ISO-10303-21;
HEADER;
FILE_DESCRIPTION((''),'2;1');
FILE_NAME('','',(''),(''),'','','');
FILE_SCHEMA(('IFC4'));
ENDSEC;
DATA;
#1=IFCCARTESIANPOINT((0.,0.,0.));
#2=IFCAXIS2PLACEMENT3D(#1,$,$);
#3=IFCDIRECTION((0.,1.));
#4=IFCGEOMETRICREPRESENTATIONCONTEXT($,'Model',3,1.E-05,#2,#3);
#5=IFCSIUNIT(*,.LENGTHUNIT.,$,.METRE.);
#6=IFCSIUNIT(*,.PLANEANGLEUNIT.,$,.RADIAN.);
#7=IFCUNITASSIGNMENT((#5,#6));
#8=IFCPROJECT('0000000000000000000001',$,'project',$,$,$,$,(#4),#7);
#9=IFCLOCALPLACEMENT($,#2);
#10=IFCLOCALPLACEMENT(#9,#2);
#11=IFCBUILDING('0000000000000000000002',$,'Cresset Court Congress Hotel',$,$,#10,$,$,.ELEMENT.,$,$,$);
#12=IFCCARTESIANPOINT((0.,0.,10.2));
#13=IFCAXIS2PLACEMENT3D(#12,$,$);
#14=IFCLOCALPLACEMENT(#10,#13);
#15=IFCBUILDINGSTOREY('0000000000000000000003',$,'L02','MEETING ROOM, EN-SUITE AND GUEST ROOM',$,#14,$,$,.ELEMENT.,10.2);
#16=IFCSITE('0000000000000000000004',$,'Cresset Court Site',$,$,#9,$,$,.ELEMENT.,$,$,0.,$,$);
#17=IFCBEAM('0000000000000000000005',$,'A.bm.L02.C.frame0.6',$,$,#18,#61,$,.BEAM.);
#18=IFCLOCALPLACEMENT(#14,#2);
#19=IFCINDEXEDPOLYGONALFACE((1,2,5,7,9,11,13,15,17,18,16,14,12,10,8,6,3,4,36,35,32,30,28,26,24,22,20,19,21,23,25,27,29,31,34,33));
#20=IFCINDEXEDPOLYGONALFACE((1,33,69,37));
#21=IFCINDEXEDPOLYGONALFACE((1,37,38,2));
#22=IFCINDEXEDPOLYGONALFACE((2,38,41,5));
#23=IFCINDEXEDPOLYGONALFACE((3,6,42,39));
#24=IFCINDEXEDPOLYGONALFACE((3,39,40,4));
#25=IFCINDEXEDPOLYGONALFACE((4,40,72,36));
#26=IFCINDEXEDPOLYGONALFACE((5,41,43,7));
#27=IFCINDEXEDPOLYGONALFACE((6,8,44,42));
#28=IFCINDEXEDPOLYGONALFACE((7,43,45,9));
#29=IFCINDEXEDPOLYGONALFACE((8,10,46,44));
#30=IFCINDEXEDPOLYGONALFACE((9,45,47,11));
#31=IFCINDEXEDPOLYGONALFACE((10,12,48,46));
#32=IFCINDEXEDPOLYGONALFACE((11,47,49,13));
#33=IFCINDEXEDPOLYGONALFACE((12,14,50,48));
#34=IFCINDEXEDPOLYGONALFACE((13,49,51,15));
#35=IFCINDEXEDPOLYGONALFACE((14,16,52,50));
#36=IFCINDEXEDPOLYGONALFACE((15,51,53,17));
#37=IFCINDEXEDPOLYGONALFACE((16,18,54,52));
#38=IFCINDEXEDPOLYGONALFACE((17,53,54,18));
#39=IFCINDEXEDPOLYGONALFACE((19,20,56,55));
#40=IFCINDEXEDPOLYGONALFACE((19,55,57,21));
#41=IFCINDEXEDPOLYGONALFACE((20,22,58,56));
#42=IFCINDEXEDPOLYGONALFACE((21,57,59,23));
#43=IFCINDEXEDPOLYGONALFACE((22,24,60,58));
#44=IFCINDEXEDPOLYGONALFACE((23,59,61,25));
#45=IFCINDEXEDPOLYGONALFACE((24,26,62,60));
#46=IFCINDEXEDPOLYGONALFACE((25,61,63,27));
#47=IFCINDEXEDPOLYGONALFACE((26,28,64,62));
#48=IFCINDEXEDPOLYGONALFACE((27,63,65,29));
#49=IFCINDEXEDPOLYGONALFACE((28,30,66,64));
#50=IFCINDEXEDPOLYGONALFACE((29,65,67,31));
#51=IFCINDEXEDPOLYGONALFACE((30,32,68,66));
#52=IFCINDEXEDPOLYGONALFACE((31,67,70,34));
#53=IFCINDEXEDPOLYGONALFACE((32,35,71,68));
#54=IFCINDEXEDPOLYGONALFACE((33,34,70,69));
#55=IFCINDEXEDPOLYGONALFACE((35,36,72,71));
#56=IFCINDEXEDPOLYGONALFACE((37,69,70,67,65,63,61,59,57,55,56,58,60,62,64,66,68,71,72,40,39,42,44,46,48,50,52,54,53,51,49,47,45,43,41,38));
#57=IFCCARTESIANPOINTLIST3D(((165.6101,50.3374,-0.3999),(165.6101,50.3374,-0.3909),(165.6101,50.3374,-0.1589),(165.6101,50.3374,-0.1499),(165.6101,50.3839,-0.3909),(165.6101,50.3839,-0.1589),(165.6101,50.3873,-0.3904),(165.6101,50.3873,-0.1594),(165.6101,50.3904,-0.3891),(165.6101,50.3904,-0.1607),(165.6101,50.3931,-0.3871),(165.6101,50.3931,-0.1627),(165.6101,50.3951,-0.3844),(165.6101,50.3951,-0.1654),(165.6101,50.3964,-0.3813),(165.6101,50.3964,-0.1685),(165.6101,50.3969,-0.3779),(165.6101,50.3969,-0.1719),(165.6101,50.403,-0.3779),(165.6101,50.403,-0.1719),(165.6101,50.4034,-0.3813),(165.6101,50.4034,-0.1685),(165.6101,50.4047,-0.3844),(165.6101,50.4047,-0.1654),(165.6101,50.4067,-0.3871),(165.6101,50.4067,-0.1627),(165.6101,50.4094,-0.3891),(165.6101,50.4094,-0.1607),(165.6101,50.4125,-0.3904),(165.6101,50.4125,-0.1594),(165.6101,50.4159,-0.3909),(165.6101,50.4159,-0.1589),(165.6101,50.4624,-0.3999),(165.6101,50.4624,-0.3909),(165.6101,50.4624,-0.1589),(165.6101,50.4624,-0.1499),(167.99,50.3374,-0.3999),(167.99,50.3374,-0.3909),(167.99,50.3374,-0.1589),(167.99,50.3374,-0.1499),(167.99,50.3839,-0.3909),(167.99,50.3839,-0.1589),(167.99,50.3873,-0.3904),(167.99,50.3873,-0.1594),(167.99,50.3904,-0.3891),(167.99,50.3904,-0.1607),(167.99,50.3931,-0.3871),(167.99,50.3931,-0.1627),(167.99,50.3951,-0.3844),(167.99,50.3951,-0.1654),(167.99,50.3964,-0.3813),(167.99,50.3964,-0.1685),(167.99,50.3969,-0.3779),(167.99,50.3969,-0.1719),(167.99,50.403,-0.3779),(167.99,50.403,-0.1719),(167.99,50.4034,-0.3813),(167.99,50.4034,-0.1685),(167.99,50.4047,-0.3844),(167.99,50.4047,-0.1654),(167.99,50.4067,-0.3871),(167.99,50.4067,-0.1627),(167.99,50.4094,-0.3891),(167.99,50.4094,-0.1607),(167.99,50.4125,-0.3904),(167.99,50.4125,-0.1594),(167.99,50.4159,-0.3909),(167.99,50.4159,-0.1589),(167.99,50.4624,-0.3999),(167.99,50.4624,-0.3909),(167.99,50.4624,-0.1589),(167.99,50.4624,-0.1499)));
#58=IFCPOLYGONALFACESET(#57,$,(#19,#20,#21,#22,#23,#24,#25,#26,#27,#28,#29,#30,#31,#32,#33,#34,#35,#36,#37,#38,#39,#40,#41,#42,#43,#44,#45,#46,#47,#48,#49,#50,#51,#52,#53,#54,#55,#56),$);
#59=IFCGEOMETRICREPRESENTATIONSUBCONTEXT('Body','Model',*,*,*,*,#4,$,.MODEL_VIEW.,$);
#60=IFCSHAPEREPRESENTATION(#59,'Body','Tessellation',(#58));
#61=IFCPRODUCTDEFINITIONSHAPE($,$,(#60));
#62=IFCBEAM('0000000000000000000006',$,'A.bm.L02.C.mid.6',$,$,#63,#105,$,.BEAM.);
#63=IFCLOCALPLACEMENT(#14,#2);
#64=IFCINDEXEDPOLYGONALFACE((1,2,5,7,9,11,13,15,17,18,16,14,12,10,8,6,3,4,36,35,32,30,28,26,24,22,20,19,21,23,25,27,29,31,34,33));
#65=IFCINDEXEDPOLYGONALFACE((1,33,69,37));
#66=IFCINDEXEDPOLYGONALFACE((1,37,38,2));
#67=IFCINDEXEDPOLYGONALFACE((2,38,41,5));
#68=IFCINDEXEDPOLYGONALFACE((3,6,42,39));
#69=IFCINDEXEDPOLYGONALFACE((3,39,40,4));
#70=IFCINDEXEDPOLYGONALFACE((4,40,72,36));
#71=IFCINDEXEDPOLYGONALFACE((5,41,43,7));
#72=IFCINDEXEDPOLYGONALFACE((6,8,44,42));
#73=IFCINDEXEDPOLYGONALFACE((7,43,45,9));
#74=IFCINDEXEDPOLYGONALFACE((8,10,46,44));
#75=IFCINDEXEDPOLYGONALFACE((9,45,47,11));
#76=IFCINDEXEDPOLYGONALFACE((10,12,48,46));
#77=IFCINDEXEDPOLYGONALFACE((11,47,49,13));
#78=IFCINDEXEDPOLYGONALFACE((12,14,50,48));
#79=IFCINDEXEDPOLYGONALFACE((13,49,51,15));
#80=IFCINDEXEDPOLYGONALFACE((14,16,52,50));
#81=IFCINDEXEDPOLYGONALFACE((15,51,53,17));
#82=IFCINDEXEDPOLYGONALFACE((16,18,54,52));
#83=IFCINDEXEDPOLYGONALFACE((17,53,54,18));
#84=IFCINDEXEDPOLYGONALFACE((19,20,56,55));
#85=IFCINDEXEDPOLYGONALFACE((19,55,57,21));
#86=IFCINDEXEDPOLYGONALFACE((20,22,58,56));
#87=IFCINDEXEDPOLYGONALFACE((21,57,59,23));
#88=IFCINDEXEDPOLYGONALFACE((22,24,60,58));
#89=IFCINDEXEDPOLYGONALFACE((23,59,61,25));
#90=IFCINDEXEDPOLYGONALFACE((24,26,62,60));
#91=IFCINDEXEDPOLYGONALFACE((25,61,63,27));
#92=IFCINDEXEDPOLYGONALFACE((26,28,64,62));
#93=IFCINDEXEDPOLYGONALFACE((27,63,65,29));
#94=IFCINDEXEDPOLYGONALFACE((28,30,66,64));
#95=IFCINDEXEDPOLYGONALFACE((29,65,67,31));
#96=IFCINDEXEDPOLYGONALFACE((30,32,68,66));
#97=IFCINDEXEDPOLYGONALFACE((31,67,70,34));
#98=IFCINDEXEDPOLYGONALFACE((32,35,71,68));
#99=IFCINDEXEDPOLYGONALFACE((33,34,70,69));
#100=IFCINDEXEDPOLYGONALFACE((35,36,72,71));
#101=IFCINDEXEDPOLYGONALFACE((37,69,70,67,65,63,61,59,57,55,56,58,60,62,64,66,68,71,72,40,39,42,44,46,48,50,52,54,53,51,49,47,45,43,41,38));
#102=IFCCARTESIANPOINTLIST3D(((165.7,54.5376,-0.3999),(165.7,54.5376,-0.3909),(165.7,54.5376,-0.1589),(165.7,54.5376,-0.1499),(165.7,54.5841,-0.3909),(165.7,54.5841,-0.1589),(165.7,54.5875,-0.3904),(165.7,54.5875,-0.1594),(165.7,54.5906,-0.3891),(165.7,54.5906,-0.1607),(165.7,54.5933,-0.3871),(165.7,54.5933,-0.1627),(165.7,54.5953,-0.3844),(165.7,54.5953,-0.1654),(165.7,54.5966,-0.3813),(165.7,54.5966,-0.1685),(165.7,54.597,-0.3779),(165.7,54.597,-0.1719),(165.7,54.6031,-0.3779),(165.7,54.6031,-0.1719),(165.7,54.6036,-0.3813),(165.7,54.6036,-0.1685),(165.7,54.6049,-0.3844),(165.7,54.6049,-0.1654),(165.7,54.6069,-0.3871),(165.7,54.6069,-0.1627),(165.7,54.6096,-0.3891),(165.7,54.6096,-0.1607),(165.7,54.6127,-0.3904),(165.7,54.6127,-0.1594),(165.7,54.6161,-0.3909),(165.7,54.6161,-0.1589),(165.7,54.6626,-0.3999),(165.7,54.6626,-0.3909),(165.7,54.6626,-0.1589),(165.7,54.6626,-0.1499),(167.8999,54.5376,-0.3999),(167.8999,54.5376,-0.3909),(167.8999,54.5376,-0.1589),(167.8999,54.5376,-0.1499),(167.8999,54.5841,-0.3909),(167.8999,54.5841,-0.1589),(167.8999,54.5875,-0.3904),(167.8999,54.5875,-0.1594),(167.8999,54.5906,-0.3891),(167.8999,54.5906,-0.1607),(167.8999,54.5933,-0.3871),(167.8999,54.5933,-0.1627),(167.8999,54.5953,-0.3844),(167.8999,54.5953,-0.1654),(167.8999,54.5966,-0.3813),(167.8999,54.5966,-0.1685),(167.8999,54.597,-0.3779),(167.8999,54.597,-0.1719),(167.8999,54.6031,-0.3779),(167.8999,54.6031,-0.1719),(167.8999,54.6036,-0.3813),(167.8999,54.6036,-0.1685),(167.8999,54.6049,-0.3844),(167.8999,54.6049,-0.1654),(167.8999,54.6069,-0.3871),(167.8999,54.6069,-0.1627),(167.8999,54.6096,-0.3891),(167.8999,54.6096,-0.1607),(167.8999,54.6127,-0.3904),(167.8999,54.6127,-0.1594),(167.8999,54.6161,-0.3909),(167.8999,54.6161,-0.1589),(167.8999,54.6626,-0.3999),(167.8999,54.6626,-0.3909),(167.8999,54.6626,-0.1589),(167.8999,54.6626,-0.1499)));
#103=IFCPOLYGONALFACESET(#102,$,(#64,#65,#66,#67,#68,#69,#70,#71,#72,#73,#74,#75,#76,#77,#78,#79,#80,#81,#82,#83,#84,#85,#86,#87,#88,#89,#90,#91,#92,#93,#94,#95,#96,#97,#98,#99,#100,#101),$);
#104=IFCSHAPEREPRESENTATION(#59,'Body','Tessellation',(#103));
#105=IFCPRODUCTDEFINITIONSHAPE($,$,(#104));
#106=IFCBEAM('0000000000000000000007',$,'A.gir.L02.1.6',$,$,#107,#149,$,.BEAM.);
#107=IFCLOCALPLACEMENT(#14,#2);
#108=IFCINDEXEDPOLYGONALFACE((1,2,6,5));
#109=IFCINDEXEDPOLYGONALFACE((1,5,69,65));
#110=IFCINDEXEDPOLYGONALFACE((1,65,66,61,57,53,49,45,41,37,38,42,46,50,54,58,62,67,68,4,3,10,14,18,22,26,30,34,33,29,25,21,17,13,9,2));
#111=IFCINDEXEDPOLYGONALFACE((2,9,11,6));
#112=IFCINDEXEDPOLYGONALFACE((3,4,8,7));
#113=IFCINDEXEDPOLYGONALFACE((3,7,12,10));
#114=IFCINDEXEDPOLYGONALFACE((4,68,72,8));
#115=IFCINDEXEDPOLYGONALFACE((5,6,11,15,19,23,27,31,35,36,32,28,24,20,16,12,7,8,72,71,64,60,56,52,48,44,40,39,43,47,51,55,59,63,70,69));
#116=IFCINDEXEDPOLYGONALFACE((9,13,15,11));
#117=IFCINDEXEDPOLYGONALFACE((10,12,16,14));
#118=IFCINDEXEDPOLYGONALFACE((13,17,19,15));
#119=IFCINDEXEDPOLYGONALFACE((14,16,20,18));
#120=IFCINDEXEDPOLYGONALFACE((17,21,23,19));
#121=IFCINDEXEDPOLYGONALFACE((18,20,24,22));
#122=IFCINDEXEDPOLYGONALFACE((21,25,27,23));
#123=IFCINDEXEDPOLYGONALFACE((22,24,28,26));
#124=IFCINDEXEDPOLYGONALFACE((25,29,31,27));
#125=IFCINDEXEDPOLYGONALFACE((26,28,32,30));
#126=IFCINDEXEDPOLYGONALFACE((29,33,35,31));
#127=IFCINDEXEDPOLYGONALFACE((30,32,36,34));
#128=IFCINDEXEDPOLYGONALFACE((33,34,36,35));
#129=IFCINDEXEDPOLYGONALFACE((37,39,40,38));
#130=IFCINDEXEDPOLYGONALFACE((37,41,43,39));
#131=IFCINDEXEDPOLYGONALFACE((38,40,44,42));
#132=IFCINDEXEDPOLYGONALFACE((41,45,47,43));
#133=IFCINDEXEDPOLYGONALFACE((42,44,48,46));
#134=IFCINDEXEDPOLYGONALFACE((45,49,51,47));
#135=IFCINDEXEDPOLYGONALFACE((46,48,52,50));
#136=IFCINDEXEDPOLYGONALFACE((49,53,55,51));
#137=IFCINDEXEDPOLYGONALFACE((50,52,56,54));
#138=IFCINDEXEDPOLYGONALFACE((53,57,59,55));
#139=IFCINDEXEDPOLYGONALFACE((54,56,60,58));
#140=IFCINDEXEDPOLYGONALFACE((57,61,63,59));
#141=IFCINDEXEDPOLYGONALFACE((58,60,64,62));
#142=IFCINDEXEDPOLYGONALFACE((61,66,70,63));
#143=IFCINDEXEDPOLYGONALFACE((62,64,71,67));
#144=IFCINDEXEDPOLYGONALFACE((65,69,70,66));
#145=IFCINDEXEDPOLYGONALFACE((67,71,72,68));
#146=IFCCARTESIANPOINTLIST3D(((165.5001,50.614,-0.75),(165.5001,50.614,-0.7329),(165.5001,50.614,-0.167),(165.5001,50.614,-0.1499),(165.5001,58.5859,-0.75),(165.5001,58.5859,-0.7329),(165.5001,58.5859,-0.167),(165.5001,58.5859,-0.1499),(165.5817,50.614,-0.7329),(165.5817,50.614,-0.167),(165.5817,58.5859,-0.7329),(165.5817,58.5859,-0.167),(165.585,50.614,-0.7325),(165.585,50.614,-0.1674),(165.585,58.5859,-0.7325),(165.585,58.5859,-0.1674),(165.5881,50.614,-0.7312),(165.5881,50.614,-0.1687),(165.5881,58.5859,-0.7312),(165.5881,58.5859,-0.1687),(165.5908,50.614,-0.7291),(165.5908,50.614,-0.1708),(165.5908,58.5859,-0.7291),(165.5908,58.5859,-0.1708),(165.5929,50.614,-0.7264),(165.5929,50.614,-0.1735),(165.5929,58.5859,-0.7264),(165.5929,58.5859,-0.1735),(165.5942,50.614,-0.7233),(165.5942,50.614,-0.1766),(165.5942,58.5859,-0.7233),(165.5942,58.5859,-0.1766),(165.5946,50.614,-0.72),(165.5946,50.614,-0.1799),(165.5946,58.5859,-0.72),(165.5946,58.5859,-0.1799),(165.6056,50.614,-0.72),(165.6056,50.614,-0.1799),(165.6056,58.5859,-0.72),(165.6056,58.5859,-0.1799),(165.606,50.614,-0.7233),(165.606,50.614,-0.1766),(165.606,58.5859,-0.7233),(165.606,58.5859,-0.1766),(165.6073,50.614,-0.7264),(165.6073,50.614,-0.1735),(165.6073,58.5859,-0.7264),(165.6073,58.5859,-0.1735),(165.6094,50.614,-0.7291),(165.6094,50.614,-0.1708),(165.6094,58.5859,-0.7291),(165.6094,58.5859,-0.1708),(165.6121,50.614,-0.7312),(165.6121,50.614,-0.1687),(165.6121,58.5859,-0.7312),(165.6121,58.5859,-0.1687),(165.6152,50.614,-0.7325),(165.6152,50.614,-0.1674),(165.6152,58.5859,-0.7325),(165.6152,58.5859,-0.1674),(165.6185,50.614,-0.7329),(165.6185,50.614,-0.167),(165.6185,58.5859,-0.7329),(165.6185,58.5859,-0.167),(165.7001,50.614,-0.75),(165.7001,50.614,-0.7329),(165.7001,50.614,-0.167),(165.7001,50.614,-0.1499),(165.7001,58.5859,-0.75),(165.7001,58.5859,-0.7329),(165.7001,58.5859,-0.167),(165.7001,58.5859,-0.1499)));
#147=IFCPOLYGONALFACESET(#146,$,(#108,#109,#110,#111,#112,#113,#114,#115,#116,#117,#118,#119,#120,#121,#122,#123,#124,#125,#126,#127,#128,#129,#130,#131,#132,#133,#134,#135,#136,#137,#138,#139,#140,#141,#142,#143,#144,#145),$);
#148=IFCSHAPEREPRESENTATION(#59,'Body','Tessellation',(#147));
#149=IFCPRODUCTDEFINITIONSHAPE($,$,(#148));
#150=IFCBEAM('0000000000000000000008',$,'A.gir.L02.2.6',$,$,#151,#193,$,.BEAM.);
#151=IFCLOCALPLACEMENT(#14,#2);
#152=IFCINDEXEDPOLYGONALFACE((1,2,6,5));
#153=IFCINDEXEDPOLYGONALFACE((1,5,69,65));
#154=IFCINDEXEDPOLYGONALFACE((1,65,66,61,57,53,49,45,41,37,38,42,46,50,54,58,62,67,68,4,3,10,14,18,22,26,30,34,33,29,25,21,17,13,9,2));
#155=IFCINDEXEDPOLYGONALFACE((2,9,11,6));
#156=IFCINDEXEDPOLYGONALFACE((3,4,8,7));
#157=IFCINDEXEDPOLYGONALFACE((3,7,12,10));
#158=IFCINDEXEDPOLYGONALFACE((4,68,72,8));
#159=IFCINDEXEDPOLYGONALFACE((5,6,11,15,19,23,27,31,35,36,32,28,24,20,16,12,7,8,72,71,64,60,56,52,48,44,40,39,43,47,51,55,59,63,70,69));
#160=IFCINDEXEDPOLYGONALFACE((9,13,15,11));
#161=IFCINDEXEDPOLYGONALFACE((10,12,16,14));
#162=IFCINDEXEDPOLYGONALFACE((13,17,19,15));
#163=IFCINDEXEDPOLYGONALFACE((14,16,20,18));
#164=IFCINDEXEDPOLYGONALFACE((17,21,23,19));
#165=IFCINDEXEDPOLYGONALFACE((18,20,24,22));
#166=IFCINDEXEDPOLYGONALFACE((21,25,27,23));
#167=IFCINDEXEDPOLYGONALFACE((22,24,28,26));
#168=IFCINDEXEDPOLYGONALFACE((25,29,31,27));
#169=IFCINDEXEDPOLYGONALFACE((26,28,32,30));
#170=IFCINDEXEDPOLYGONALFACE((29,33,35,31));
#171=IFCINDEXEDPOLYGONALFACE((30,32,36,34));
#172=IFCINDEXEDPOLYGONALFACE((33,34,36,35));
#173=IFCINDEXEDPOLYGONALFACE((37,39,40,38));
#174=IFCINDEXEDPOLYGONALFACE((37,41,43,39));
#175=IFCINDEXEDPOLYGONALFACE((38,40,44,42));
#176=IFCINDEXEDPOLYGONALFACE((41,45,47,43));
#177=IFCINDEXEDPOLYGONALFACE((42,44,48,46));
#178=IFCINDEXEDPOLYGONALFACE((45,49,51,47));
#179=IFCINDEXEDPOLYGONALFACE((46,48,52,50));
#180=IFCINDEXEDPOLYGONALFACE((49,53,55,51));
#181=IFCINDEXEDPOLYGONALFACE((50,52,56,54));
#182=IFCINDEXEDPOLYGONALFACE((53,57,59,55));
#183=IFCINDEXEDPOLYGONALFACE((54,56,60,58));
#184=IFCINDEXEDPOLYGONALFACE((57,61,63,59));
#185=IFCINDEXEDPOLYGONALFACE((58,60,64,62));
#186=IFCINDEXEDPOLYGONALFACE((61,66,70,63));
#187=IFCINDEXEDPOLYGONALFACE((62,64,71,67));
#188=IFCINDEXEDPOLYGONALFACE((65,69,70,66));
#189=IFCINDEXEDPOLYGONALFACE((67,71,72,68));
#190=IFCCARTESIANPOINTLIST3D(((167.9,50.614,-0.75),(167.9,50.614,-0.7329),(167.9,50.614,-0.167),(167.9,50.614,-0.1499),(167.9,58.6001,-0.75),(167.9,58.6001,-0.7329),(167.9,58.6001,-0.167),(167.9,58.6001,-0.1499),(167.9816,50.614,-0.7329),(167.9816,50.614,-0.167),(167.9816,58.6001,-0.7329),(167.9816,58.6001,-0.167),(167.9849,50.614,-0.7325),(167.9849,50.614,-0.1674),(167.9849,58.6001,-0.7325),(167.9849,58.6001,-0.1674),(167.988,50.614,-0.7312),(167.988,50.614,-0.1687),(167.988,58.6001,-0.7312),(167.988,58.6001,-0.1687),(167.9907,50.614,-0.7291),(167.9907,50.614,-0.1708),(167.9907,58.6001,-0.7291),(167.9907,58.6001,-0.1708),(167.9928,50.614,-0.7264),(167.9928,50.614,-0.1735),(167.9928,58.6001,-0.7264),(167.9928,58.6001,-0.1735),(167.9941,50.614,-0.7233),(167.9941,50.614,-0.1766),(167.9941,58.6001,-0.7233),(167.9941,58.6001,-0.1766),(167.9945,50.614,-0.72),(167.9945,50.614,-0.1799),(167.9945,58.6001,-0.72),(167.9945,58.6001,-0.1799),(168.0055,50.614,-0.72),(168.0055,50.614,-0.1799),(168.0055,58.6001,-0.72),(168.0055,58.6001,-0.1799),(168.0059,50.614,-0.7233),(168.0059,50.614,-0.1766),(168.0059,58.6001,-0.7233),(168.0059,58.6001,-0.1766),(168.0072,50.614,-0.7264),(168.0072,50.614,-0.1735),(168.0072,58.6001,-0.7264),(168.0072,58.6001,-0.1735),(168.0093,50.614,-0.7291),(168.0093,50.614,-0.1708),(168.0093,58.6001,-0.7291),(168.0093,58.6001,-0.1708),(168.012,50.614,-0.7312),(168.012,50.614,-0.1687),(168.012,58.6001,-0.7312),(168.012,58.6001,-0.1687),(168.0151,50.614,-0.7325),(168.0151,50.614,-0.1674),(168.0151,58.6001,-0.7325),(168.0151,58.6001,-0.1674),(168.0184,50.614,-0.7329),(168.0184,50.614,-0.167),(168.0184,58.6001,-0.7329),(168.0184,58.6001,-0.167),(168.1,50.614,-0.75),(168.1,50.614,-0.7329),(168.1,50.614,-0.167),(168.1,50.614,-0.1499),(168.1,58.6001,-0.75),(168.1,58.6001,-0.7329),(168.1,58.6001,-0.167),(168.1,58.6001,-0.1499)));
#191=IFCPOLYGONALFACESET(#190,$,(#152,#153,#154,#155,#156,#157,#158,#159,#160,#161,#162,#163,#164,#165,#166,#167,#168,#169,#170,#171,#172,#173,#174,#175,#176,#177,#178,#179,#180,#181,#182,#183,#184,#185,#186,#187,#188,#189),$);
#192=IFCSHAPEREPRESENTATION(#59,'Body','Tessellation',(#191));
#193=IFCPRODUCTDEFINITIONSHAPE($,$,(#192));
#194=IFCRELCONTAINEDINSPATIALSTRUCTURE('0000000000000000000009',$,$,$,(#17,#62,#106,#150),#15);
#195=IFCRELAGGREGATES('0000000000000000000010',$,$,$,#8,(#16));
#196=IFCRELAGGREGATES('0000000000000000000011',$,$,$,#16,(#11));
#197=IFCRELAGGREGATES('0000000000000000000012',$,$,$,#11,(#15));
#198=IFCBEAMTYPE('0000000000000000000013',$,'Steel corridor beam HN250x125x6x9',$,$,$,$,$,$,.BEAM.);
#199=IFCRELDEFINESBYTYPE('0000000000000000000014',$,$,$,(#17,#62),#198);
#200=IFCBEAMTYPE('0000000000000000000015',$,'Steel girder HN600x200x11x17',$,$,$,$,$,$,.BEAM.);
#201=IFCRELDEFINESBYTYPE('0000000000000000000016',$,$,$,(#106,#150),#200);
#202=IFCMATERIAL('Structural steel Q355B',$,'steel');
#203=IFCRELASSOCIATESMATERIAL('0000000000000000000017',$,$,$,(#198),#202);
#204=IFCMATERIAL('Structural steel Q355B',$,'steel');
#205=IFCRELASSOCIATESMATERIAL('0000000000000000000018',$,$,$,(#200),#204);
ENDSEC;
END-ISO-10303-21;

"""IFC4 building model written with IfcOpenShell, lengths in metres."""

from ifc_helpers import new_model, si_unit, direction, frame, origin, origin_2d, place, context, subcontext, project, spatial, i_section, extrude, material, material_profile, profile_set, type_object, element, save


model = new_model("IFC4")

# Units and contexts
model_context = context("Model", 3, precision=1e-05, world=origin(), true_north=direction((0.0, 1.0)))
body_context = subcontext(model_context, "Body", "Model", "MODEL_VIEW")
ifc_project = project(units=[si_unit("LENGTHUNIT", "METRE"), si_unit("PLANEANGLEUNIT", "RADIAN")], contexts=[model_context])

# Site, building, storey
site_placement = place(None, origin())
site = spatial("IfcSite", under=ifc_project, at=site_placement, Name="Cresset Court Site", CompositionType="ELEMENT", RefElevation=0.0)
building_placement = place(site_placement, origin())
building = spatial("IfcBuilding", under=site, at=building_placement, Name="Cresset Court Congress Hotel", CompositionType="ELEMENT")
storey_placement = place(building_placement, frame((0.0, 0.0, 10.2)))
storey = spatial("IfcBuildingStorey", under=building, at=storey_placement, Name="L02", Description="MEETING ROOM, EN-SUITE AND GUEST ROOM", CompositionType="ELEMENT", Elevation=10.2)

# Beams
ifc_material_1 = material(Name="Structural steel Q355B", Category="steel")
ifc_material_profile_1 = material_profile(ifc_material_1, i_section(OverallWidth=0.125, OverallDepth=0.25, WebThickness=0.0061, FlangeThickness=0.009, FilletRadius=0.0129, at=origin_2d()), Name="HN250x125x6x9")
ifc_profile_set_1 = profile_set([ifc_material_profile_1], Name="Structural steel Q355B")
beam_type_1 = type_object("IfcBeamType", Name="Steel corridor beam HN250x125x6x9", PredefinedType="BEAM", material=ifc_profile_set_1)
beam_1_placement = place(storey_placement, frame((165.6101, 50.3999, -0.2749), z_axis=(1.0, 0.0, 0.0), x_axis=(0.0, 1.0, 0.0)))
element("IfcBeam", 1, at=beam_1_placement, inside=storey, type_object=beam_type_1, Name="A.bm.L02.C.frame0.6", PredefinedType="BEAM", context=body_context, shape_type="SweptSolid", body=[
    extrude(i_section(OverallWidth=0.125, OverallDepth=0.25, WebThickness=0.0061, FlangeThickness=0.009, FilletRadius=0.0129, at=origin_2d()), origin(), (0.0, 0.0, 1.0), 2.3799),
])
beam_2_placement = place(storey_placement, frame((165.7, 54.6001, -0.2749), z_axis=(1.0, 0.0, 0.0), x_axis=(0.0, 1.0, 0.0)))
element("IfcBeam", 2, at=beam_2_placement, inside=storey, type_object=beam_type_1, Name="A.bm.L02.C.mid.6", PredefinedType="BEAM", context=body_context, shape_type="SweptSolid", body=[
    extrude(i_section(OverallWidth=0.125, OverallDepth=0.25, WebThickness=0.0061, FlangeThickness=0.009, FilletRadius=0.0129, at=origin_2d()), origin(), (0.0, 0.0, 1.0), 2.2),
])
ifc_material_2 = material(Name="Structural steel Q355B", Category="steel")
ifc_material_profile_2 = material_profile(ifc_material_2, i_section(OverallWidth=0.2, OverallDepth=0.6001, WebThickness=0.011, FlangeThickness=0.0171, FilletRadius=0.0129, at=origin_2d()), Name="HN600x200x11x17")
ifc_profile_set_2 = profile_set([ifc_material_profile_2], Name="Structural steel Q355B")
beam_type_2 = type_object("IfcBeamType", Name="Steel girder HN600x200x11x17", PredefinedType="BEAM", material=ifc_profile_set_2)
beam_3_placement = place(storey_placement, frame((165.6001, 50.614, -0.45), z_axis=(0.0, 1.0, 0.0), x_axis=(-1.0, 0.0, 0.0)))
element("IfcBeam", 3, at=beam_3_placement, inside=storey, type_object=beam_type_2, Name="A.gir.L02.1.6", PredefinedType="BEAM", context=body_context, shape_type="SweptSolid", body=[
    extrude(i_section(OverallWidth=0.2, OverallDepth=0.6001, WebThickness=0.011, FlangeThickness=0.0171, FilletRadius=0.0129, at=origin_2d()), origin(), (0.0, 0.0, 1.0), 7.9719),
])
for number, where, z_axis, x_axis, name in (
    (4, (168.0, 50.614, -0.45), (0.0, 1.0, 0.0), (-1.0, 0.0, 0.0), "A.gir.L02.2.6"),
):
    element("IfcBeam", number, at=place(storey_placement, frame(where, z_axis=z_axis, x_axis=x_axis)), inside=storey, type_object=beam_type_2, Name=name, PredefinedType="BEAM", context=body_context, shape_type="SweptSolid", body=[
        extrude(i_section(OverallWidth=0.2, OverallDepth=0.6001, WebThickness=0.011, FlangeThickness=0.0171, FilletRadius=0.0129, at=origin_2d()), origin(), (0.0, 0.0, 1.0), 7.9861),
    ])

save(model, "model.ifc")
